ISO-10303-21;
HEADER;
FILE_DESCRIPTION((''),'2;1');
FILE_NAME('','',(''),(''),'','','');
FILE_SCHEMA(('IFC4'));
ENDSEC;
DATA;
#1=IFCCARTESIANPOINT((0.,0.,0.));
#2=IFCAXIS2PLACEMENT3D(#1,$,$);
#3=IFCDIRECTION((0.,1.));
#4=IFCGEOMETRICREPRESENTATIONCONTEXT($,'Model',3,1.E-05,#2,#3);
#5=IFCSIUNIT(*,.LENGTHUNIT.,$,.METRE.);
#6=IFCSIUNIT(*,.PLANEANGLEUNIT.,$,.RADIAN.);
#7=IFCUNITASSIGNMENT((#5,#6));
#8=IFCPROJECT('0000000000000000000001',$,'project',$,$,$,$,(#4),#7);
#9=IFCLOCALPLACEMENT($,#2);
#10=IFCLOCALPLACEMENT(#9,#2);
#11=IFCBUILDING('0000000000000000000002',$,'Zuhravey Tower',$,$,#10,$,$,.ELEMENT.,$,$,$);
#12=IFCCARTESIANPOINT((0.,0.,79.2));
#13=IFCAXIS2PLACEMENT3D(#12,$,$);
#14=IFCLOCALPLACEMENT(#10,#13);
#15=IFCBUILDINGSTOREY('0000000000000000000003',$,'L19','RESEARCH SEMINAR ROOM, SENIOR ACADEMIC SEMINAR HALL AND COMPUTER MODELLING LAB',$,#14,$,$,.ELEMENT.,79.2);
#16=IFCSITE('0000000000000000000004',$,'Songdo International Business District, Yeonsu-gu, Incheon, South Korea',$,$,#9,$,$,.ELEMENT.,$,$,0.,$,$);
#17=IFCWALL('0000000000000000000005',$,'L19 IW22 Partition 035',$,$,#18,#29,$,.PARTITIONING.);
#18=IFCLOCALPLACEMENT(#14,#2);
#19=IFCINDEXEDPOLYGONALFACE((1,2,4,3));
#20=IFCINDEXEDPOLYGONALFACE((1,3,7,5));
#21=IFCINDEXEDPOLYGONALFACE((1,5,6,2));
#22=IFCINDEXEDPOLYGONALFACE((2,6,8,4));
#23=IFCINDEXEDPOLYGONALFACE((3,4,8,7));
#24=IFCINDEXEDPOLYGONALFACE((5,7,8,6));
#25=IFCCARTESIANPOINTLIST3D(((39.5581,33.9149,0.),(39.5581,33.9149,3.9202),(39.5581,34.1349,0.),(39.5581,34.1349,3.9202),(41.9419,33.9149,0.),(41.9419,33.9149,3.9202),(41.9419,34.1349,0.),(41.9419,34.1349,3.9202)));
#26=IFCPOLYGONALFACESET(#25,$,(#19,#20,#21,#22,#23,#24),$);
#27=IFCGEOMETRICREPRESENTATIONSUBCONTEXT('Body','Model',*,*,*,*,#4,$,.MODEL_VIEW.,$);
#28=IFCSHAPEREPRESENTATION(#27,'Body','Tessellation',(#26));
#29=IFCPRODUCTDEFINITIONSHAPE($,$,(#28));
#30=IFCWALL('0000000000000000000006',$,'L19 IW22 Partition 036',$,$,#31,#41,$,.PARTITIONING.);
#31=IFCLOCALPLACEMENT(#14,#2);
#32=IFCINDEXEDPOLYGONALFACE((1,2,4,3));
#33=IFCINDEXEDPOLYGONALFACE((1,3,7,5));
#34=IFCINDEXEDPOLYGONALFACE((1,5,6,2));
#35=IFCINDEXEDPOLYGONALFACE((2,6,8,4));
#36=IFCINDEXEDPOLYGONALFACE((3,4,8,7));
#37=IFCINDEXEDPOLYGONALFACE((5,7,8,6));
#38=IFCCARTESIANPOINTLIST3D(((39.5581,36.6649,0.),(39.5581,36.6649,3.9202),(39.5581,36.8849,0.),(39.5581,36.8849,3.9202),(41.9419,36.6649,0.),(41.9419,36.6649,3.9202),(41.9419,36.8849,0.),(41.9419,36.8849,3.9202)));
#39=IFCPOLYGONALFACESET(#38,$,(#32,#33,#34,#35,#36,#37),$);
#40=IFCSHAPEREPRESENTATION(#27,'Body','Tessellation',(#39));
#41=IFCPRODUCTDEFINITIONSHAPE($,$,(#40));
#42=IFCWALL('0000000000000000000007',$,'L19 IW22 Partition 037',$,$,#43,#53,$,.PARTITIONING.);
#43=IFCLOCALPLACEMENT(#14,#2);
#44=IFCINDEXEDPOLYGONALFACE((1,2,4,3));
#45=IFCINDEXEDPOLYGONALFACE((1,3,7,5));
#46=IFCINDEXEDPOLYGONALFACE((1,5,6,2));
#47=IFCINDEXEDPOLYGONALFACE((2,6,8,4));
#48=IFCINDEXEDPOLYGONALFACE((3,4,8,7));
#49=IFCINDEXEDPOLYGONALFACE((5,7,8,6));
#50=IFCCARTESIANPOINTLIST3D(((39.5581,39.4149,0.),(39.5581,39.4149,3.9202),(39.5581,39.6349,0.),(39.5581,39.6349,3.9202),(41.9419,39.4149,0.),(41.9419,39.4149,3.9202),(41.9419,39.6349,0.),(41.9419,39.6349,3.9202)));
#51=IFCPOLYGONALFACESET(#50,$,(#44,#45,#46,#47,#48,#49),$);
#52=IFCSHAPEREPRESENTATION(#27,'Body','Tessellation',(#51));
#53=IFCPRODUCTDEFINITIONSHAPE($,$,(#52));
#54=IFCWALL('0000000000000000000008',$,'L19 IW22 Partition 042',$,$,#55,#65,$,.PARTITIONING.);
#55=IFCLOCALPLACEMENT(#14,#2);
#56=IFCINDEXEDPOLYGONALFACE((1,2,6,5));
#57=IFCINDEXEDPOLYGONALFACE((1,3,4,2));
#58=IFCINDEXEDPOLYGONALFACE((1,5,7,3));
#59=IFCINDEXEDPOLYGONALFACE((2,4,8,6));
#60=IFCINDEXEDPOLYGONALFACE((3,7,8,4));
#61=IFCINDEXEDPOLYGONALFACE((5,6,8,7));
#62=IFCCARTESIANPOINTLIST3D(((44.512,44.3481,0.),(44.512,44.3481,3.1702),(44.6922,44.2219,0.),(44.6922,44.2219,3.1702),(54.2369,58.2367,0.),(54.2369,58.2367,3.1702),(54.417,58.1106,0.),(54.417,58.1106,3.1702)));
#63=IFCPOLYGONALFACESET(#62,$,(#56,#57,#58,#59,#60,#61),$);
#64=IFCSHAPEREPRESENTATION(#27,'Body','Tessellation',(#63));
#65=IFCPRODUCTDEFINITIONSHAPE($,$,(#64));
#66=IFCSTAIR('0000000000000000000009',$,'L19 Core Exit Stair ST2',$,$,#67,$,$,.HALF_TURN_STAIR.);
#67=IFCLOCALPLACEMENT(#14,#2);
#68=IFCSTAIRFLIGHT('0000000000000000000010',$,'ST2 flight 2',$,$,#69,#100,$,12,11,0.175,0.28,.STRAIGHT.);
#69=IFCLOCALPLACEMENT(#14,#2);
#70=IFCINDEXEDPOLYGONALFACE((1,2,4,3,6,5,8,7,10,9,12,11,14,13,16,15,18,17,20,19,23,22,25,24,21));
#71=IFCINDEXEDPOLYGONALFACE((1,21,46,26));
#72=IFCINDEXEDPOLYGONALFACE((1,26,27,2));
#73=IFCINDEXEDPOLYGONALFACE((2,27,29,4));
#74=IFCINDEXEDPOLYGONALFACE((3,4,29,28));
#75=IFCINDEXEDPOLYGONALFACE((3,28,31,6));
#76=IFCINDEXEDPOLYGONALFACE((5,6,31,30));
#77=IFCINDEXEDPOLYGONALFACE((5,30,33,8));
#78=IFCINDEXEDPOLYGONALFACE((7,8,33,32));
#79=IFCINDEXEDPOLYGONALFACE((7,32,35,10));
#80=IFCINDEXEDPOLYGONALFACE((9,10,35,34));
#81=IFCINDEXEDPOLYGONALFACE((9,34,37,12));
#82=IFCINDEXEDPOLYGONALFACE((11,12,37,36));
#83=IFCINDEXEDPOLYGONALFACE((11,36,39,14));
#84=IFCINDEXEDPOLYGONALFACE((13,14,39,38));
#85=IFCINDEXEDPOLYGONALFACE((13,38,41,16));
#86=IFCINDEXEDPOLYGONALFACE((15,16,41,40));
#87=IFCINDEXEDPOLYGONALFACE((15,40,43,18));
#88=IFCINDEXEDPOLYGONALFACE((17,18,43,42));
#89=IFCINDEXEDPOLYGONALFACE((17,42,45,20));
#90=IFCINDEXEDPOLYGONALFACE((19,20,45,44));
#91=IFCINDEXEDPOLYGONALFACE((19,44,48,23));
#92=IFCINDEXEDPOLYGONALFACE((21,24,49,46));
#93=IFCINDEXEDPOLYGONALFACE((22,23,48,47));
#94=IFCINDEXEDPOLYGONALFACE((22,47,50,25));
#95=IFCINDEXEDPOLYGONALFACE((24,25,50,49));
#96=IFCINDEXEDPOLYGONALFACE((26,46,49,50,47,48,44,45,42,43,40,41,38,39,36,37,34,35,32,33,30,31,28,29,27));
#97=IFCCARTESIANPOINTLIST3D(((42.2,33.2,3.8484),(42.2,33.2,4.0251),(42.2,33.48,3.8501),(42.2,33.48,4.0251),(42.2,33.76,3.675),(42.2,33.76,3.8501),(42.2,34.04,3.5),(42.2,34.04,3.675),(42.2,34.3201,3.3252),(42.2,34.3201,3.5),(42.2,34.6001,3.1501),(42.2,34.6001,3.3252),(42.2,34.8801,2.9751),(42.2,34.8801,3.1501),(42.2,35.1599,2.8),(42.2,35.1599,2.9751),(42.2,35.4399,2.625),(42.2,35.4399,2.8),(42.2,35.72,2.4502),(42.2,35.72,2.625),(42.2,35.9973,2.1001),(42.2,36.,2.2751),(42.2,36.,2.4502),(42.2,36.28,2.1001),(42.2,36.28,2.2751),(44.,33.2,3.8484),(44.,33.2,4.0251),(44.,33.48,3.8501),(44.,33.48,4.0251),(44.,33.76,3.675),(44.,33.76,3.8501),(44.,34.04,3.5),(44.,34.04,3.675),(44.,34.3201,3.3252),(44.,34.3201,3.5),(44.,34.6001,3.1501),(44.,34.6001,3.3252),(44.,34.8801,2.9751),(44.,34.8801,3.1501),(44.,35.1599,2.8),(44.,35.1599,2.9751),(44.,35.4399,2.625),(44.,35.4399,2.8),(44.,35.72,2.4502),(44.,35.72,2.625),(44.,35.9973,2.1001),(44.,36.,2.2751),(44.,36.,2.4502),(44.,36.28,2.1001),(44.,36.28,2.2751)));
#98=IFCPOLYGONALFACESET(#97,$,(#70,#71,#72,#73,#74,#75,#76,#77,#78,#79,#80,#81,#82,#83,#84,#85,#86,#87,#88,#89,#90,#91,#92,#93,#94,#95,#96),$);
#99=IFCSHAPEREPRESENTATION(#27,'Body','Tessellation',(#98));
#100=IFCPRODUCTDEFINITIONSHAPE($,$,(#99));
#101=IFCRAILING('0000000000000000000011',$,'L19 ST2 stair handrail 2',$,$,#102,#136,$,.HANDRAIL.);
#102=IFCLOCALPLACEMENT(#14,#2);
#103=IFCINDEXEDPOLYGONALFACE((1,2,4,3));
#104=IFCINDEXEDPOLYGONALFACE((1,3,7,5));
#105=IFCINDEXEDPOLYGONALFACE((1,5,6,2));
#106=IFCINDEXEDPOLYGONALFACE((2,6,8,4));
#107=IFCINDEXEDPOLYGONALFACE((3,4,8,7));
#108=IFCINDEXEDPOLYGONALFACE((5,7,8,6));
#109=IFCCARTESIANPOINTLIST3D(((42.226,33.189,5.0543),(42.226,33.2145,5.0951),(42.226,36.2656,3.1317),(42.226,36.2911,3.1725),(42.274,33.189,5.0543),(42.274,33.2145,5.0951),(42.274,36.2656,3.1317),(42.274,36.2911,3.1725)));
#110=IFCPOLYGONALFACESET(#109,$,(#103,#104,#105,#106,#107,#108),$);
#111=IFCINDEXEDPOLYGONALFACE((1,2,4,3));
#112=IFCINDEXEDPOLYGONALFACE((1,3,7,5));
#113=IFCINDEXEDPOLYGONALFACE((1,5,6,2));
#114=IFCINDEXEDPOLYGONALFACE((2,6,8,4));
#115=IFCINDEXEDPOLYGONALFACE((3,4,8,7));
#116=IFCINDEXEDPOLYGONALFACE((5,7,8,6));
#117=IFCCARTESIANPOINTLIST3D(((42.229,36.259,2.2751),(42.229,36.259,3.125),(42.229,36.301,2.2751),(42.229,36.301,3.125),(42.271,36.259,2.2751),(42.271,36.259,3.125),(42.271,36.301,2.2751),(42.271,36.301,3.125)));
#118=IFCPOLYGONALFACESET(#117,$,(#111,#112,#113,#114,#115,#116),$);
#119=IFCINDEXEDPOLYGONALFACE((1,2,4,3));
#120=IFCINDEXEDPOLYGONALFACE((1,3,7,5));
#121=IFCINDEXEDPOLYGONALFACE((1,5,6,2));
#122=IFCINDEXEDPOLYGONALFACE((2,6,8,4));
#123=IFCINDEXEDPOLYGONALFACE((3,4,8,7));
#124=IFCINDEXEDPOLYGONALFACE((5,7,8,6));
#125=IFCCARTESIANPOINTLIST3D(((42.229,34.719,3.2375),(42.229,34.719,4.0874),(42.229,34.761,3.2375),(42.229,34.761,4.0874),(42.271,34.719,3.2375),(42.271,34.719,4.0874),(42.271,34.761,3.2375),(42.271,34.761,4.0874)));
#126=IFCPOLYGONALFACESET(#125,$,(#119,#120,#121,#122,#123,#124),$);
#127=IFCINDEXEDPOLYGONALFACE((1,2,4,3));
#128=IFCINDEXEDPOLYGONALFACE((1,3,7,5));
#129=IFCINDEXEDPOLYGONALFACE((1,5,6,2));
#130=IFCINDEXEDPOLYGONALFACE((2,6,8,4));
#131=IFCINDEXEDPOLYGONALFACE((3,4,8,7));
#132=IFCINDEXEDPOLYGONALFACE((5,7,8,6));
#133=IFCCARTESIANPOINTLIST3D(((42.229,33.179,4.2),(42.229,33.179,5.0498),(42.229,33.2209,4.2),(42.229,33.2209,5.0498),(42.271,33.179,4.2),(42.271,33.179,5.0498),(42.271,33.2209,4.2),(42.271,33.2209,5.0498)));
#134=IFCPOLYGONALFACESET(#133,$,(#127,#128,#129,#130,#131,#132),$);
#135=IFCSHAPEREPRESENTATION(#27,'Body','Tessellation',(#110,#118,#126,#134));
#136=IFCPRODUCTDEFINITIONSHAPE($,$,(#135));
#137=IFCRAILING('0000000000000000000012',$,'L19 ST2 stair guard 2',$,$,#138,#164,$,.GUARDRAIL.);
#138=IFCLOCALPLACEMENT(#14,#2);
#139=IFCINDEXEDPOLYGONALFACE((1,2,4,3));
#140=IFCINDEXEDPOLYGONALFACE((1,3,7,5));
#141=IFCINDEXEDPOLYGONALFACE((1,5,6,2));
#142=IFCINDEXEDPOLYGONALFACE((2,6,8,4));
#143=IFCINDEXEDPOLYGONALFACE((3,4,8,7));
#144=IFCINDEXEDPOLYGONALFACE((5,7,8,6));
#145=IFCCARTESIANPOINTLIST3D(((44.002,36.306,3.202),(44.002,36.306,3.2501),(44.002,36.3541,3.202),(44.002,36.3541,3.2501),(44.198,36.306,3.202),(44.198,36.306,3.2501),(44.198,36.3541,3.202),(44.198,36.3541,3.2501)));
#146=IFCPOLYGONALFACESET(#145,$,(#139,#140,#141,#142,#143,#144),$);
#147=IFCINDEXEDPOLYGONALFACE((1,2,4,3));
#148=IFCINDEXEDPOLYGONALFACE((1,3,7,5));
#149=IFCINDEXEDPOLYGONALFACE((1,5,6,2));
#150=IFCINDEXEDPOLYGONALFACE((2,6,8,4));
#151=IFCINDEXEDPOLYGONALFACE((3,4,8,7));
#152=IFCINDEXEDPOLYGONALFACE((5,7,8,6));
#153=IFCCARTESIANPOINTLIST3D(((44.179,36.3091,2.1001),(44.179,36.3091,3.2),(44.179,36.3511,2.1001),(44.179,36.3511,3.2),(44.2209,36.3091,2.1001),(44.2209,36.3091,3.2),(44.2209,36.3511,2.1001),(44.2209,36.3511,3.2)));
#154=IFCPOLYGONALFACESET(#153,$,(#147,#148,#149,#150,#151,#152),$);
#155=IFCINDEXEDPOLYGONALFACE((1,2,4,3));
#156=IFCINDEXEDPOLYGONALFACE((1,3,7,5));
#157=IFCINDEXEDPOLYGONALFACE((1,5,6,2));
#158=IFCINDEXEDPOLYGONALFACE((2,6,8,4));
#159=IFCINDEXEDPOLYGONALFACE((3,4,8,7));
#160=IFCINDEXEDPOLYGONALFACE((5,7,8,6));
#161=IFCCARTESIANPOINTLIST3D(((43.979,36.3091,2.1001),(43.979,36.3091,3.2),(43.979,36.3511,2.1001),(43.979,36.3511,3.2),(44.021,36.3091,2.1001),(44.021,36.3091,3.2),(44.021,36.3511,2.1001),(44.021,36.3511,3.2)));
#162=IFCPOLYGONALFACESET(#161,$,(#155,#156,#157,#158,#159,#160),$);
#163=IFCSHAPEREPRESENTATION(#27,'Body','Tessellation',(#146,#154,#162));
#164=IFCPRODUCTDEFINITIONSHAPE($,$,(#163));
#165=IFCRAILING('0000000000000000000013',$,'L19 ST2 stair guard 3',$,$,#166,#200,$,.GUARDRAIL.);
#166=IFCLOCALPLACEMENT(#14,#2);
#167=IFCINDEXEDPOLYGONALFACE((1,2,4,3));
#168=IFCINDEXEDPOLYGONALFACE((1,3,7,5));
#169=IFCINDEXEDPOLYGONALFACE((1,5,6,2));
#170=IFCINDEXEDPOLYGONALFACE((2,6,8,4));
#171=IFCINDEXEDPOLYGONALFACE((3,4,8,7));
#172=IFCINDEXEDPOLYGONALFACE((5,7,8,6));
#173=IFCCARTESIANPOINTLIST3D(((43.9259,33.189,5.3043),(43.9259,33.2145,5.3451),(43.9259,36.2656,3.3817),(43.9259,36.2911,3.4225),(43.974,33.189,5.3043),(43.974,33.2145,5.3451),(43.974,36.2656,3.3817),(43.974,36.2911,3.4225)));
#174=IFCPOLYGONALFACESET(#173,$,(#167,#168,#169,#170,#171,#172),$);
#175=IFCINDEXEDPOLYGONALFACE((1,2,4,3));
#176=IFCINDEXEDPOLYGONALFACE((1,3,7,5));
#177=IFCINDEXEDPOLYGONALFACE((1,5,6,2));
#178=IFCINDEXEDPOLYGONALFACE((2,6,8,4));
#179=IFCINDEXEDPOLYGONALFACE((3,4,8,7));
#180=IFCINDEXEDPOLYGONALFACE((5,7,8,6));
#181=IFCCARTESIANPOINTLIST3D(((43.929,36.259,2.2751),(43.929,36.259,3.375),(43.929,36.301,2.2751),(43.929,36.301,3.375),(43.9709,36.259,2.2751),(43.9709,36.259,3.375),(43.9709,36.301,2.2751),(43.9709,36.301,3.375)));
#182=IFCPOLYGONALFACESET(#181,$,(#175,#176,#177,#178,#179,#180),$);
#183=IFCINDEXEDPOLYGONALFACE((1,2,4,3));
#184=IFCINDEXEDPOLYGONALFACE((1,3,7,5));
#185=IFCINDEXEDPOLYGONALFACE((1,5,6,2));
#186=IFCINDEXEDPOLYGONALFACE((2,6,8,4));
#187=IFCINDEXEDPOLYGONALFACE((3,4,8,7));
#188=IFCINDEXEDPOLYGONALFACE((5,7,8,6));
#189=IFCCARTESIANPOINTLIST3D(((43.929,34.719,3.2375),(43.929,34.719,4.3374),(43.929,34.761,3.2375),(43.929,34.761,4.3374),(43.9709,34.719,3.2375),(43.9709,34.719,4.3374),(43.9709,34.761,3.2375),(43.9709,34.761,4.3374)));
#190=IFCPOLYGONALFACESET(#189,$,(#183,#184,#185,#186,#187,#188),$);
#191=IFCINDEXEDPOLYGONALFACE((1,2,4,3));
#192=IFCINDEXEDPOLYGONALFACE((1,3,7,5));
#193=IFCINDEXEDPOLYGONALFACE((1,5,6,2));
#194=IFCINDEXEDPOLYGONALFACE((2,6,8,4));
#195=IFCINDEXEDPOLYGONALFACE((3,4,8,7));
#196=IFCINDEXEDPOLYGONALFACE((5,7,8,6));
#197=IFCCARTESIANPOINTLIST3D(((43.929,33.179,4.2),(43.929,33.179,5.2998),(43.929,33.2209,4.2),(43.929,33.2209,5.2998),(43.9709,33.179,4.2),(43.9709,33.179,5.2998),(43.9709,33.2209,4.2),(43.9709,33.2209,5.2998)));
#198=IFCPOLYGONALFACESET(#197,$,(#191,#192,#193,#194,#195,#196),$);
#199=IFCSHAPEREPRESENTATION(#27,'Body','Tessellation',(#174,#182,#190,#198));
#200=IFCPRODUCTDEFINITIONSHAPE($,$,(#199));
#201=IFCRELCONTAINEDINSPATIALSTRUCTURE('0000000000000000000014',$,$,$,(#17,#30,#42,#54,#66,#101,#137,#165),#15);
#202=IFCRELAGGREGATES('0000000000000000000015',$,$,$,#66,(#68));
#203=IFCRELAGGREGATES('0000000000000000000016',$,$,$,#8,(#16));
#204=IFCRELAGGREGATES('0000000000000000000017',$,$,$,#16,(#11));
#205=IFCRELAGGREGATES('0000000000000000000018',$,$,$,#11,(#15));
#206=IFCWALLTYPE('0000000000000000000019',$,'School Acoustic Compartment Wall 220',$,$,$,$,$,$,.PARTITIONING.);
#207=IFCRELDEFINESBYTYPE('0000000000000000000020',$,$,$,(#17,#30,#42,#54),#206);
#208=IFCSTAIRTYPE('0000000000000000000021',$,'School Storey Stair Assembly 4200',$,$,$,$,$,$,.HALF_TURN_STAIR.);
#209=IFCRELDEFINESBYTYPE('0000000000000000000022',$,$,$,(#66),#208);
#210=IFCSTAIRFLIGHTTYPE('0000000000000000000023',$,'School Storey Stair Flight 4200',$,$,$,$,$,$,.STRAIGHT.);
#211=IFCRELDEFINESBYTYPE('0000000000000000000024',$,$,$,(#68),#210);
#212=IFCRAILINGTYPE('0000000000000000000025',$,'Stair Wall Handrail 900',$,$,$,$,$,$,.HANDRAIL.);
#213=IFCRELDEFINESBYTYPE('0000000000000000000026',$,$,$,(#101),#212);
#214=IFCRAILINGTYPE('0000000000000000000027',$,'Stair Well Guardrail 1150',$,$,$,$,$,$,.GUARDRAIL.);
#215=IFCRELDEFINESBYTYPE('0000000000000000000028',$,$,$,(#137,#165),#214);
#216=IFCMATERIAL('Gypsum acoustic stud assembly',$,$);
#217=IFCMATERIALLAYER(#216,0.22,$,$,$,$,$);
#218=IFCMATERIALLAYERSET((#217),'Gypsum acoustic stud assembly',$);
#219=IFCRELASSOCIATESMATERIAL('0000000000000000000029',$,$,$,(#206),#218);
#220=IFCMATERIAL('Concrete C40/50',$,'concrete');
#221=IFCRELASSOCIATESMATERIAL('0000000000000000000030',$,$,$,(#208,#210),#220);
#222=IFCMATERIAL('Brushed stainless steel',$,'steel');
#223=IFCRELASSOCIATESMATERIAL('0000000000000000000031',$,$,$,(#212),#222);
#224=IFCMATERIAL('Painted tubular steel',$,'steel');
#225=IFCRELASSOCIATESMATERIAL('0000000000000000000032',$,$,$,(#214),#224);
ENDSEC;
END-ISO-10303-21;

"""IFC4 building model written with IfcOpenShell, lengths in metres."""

from ifc_helpers import new_model, si_unit, direction, frame, frame_2d, origin, origin_2d, place, context, subcontext, project, spatial, polyline, rectangle, outline, extrude, material, layer, layer_set, type_object, element, aggregate, save


model = new_model("IFC4")

# Units and contexts
model_context = context("Model", 3, precision=1e-05, world=origin(), true_north=direction((0.0, 1.0)))
body_context = subcontext(model_context, "Body", "Model", "MODEL_VIEW")
ifc_project = project(units=[si_unit("LENGTHUNIT", "METRE"), si_unit("PLANEANGLEUNIT", "RADIAN")], contexts=[model_context])

# Site, building, storey
site_placement = place(None, origin())
site = spatial("IfcSite", under=ifc_project, at=site_placement, Name="Songdo International Business District, Yeonsu-gu, Incheon, South Korea", CompositionType="ELEMENT", RefElevation=0.0)
building_placement = place(site_placement, origin())
building = spatial("IfcBuilding", under=site, at=building_placement, Name="Zuhravey Tower", CompositionType="ELEMENT")
storey_placement = place(building_placement, frame((0.0, 0.0, 79.2)))
storey = spatial("IfcBuildingStorey", under=building, at=storey_placement, Name="L19", Description="RESEARCH SEMINAR ROOM, SENIOR ACADEMIC SEMINAR HALL AND COMPUTER MODELLING LAB", CompositionType="ELEMENT", Elevation=79.2)

# Walls
ifc_material_1 = material(Name="Gypsum acoustic stud assembly")
ifc_layer_1 = layer(ifc_material_1, 0.22)
ifc_layer_set_1 = layer_set([ifc_layer_1], Name="Gypsum acoustic stud assembly")
wall_type_1 = type_object("IfcWallType", Name="School Acoustic Compartment Wall 220", PredefinedType="PARTITIONING", material=ifc_layer_set_1)
for number, where, z_axis, x_axis, name in (
    (1, (39.5581, 34.0249, 0.0), (0.0, 0.0, 1.0), (1.0, 0.0, 0.0), "L19 IW22 Partition 035"),
    (2, (39.5581, 36.7749, 0.0), (0.0, 0.0, 1.0), (1.0, 0.0, 0.0), "L19 IW22 Partition 036"),
    (3, (39.5581, 39.5249, 0.0), (0.0, 0.0, 1.0), (1.0, 0.0, 0.0), "L19 IW22 Partition 037"),
):
    element("IfcWall", number, at=place(storey_placement, frame(where, z_axis=z_axis, x_axis=x_axis)), inside=storey, type_object=wall_type_1, Name=name, PredefinedType="PARTITIONING", context=body_context, shape_type="SweptSolid", body=[
        extrude(rectangle(XDim=2.3838, YDim=0.22, at=frame_2d((1.1919, 0.0))), origin(), (0.0, 0.0, 1.0), 3.9202),
    ])
wall_1_placement = place(storey_placement, frame((44.6021, 44.2849, 0.0), z_axis=(0.0, 0.0, 1.0), x_axis=(0.573573, 0.819155, 0.0)))
element("IfcWall", 4, at=wall_1_placement, inside=storey, type_object=wall_type_1, Name="L19 IW22 Partition 042", PredefinedType="PARTITIONING", context=body_context, shape_type="SweptSolid", body=[
    extrude(rectangle(XDim=16.9548, YDim=0.22, at=frame_2d((8.4775, 0.0))), origin(), (0.0, 0.0, 1.0), 3.1702),
])

# Stair, stair flight
ifc_material_2 = material(Name="Concrete C40/50", Category="concrete")
stair_type = type_object("IfcStairType", Name="School Storey Stair Assembly 4200", PredefinedType="HALF_TURN_STAIR", material=ifc_material_2)
stair_placement = place(storey_placement, origin())
stair = element("IfcStair", 5, at=stair_placement, inside=storey, type_object=stair_type, Name="L19 Core Exit Stair ST2", PredefinedType="HALF_TURN_STAIR")
stair_flight_type = type_object("IfcStairFlightType", Name="School Storey Stair Flight 4200", PredefinedType="STRAIGHT", material=ifc_material_2)
stair_flight_placement = place(storey_placement, frame((43.1001, 36.28, 2.1001), z_axis=(0.0, 0.0, 1.0), x_axis=(0.0, -1.0, 0.0)))
stair_flight = element("IfcStairFlight", 6, at=stair_flight_placement, type_object=stair_flight_type, Name="ST2 flight 2", NumberOfRisers=12, NumberOfTreads=11, PredefinedType="STRAIGHT", RiserHeight=0.175, TreadLength=0.28, context=body_context, shape_type="SweptSolid", body=[
    extrude(outline(polyline([(0.0, 0.0), (0.0, 0.175), (0.28, 0.175), (0.28, 0.3501), (0.5601, 0.3501), (0.5601, 0.5249), (0.8401, 0.5249), (0.8401, 0.7), (1.1201, 0.7), (1.1201, 0.875), (1.3999, 0.875), (1.3999, 1.05), (1.6799, 1.05), (1.6799, 1.2251), (1.96, 1.2251), (1.96, 1.3999), (2.24, 1.3999), (2.24, 1.575), (2.52, 1.575), (2.52, 1.75), (2.8, 1.75), (2.8, 1.925), (3.0801, 1.925), (3.0801, 2.1001), (3.0801, 1.7483), (0.2827, 0.0), (0.0, 0.0)])), frame((0.0, 0.8999, 0.0), z_axis=(0.0, -1.0, 0.0), x_axis=(1.0, 0.0, 0.0)), (0.0, 0.0, 1.0), 1.8),
])
aggregate(stair, [stair_flight])

# Railings
ifc_material_3 = material(Name="Brushed stainless steel", Category="steel")
railing_type_1 = type_object("IfcRailingType", Name="Stair Wall Handrail 900", PredefinedType="HANDRAIL", material=ifc_material_3)
railing_1_placement = place(storey_placement, frame((42.25, 36.28, 2.2751)))
element("IfcRailing", 7, at=railing_1_placement, inside=storey, type_object=railing_type_1, Name="L19 ST2 stair handrail 2", PredefinedType="HANDRAIL", context=body_context, shape_type="SweptSolid", body=[
    extrude(rectangle(XDim=0.0481, YDim=0.0481, at=origin_2d()), frame((0.0, -0.0017, 0.877), z_axis=(0.0, -0.848029, 0.529951), x_axis=(1.0, 0.0, 0.0)), (0.0, 0.0, 1.0), 3.6279),
    extrude(rectangle(XDim=0.042, YDim=0.042, at=origin_2d()), origin(), (0.0, 0.0, 1.0), 0.8499),
    extrude(rectangle(XDim=0.042, YDim=0.042, at=origin_2d()), frame((0.0, -1.54, 0.9624)), (0.0, 0.0, 1.0), 0.8499),
    extrude(rectangle(XDim=0.042, YDim=0.042, at=origin_2d()), frame((0.0, -3.0801, 1.9248)), (0.0, 0.0, 1.0), 0.8499),
])
ifc_material_4 = material(Name="Painted tubular steel", Category="steel")
railing_type_2 = type_object("IfcRailingType", Name="Stair Well Guardrail 1150", PredefinedType="GUARDRAIL", material=ifc_material_4)
railing_2_placement = place(storey_placement, frame((44.2, 36.3301, 2.1001)))
element("IfcRailing", 8, at=railing_2_placement, inside=storey, type_object=railing_type_2, Name="L19 ST2 stair guard 2", PredefinedType="GUARDRAIL", context=body_context, shape_type="SweptSolid", body=[
    extrude(rectangle(XDim=0.0481, YDim=0.0481, at=origin_2d()), frame((-0.002, 0.0, 1.126), z_axis=(-1.0, 0.0, 0.0), x_axis=(0.0, -1.0, 0.0)), (0.0, 0.0, 1.0), 0.196),
    extrude(rectangle(XDim=0.042, YDim=0.042, at=origin_2d()), origin(), (0.0, 0.0, 1.0), 1.0999),
    extrude(rectangle(XDim=0.042, YDim=0.042, at=origin_2d()), frame((-0.2, 0.0, 0.0)), (0.0, 0.0, 1.0), 1.0999),
])
railing_3_placement = place(storey_placement, frame((43.95, 36.28, 2.2751)))
element("IfcRailing", 9, at=railing_3_placement, inside=storey, type_object=railing_type_2, Name="L19 ST2 stair guard 3", PredefinedType="GUARDRAIL", context=body_context, shape_type="SweptSolid", body=[
    extrude(rectangle(XDim=0.0481, YDim=0.0481, at=origin_2d()), frame((0.0, -0.0017, 1.127), z_axis=(0.0, -0.848029, 0.529951), x_axis=(1.0, 0.0, 0.0)), (0.0, 0.0, 1.0), 3.6279),
    extrude(rectangle(XDim=0.042, YDim=0.042, at=origin_2d()), origin(), (0.0, 0.0, 1.0), 1.0999),
    extrude(rectangle(XDim=0.042, YDim=0.042, at=origin_2d()), frame((0.0, -1.54, 0.9624)), (0.0, 0.0, 1.0), 1.0999),
    extrude(rectangle(XDim=0.042, YDim=0.042, at=origin_2d()), frame((0.0, -3.0801, 1.9248)), (0.0, 0.0, 1.0), 1.0999),
])

save(model, "model.ifc")
